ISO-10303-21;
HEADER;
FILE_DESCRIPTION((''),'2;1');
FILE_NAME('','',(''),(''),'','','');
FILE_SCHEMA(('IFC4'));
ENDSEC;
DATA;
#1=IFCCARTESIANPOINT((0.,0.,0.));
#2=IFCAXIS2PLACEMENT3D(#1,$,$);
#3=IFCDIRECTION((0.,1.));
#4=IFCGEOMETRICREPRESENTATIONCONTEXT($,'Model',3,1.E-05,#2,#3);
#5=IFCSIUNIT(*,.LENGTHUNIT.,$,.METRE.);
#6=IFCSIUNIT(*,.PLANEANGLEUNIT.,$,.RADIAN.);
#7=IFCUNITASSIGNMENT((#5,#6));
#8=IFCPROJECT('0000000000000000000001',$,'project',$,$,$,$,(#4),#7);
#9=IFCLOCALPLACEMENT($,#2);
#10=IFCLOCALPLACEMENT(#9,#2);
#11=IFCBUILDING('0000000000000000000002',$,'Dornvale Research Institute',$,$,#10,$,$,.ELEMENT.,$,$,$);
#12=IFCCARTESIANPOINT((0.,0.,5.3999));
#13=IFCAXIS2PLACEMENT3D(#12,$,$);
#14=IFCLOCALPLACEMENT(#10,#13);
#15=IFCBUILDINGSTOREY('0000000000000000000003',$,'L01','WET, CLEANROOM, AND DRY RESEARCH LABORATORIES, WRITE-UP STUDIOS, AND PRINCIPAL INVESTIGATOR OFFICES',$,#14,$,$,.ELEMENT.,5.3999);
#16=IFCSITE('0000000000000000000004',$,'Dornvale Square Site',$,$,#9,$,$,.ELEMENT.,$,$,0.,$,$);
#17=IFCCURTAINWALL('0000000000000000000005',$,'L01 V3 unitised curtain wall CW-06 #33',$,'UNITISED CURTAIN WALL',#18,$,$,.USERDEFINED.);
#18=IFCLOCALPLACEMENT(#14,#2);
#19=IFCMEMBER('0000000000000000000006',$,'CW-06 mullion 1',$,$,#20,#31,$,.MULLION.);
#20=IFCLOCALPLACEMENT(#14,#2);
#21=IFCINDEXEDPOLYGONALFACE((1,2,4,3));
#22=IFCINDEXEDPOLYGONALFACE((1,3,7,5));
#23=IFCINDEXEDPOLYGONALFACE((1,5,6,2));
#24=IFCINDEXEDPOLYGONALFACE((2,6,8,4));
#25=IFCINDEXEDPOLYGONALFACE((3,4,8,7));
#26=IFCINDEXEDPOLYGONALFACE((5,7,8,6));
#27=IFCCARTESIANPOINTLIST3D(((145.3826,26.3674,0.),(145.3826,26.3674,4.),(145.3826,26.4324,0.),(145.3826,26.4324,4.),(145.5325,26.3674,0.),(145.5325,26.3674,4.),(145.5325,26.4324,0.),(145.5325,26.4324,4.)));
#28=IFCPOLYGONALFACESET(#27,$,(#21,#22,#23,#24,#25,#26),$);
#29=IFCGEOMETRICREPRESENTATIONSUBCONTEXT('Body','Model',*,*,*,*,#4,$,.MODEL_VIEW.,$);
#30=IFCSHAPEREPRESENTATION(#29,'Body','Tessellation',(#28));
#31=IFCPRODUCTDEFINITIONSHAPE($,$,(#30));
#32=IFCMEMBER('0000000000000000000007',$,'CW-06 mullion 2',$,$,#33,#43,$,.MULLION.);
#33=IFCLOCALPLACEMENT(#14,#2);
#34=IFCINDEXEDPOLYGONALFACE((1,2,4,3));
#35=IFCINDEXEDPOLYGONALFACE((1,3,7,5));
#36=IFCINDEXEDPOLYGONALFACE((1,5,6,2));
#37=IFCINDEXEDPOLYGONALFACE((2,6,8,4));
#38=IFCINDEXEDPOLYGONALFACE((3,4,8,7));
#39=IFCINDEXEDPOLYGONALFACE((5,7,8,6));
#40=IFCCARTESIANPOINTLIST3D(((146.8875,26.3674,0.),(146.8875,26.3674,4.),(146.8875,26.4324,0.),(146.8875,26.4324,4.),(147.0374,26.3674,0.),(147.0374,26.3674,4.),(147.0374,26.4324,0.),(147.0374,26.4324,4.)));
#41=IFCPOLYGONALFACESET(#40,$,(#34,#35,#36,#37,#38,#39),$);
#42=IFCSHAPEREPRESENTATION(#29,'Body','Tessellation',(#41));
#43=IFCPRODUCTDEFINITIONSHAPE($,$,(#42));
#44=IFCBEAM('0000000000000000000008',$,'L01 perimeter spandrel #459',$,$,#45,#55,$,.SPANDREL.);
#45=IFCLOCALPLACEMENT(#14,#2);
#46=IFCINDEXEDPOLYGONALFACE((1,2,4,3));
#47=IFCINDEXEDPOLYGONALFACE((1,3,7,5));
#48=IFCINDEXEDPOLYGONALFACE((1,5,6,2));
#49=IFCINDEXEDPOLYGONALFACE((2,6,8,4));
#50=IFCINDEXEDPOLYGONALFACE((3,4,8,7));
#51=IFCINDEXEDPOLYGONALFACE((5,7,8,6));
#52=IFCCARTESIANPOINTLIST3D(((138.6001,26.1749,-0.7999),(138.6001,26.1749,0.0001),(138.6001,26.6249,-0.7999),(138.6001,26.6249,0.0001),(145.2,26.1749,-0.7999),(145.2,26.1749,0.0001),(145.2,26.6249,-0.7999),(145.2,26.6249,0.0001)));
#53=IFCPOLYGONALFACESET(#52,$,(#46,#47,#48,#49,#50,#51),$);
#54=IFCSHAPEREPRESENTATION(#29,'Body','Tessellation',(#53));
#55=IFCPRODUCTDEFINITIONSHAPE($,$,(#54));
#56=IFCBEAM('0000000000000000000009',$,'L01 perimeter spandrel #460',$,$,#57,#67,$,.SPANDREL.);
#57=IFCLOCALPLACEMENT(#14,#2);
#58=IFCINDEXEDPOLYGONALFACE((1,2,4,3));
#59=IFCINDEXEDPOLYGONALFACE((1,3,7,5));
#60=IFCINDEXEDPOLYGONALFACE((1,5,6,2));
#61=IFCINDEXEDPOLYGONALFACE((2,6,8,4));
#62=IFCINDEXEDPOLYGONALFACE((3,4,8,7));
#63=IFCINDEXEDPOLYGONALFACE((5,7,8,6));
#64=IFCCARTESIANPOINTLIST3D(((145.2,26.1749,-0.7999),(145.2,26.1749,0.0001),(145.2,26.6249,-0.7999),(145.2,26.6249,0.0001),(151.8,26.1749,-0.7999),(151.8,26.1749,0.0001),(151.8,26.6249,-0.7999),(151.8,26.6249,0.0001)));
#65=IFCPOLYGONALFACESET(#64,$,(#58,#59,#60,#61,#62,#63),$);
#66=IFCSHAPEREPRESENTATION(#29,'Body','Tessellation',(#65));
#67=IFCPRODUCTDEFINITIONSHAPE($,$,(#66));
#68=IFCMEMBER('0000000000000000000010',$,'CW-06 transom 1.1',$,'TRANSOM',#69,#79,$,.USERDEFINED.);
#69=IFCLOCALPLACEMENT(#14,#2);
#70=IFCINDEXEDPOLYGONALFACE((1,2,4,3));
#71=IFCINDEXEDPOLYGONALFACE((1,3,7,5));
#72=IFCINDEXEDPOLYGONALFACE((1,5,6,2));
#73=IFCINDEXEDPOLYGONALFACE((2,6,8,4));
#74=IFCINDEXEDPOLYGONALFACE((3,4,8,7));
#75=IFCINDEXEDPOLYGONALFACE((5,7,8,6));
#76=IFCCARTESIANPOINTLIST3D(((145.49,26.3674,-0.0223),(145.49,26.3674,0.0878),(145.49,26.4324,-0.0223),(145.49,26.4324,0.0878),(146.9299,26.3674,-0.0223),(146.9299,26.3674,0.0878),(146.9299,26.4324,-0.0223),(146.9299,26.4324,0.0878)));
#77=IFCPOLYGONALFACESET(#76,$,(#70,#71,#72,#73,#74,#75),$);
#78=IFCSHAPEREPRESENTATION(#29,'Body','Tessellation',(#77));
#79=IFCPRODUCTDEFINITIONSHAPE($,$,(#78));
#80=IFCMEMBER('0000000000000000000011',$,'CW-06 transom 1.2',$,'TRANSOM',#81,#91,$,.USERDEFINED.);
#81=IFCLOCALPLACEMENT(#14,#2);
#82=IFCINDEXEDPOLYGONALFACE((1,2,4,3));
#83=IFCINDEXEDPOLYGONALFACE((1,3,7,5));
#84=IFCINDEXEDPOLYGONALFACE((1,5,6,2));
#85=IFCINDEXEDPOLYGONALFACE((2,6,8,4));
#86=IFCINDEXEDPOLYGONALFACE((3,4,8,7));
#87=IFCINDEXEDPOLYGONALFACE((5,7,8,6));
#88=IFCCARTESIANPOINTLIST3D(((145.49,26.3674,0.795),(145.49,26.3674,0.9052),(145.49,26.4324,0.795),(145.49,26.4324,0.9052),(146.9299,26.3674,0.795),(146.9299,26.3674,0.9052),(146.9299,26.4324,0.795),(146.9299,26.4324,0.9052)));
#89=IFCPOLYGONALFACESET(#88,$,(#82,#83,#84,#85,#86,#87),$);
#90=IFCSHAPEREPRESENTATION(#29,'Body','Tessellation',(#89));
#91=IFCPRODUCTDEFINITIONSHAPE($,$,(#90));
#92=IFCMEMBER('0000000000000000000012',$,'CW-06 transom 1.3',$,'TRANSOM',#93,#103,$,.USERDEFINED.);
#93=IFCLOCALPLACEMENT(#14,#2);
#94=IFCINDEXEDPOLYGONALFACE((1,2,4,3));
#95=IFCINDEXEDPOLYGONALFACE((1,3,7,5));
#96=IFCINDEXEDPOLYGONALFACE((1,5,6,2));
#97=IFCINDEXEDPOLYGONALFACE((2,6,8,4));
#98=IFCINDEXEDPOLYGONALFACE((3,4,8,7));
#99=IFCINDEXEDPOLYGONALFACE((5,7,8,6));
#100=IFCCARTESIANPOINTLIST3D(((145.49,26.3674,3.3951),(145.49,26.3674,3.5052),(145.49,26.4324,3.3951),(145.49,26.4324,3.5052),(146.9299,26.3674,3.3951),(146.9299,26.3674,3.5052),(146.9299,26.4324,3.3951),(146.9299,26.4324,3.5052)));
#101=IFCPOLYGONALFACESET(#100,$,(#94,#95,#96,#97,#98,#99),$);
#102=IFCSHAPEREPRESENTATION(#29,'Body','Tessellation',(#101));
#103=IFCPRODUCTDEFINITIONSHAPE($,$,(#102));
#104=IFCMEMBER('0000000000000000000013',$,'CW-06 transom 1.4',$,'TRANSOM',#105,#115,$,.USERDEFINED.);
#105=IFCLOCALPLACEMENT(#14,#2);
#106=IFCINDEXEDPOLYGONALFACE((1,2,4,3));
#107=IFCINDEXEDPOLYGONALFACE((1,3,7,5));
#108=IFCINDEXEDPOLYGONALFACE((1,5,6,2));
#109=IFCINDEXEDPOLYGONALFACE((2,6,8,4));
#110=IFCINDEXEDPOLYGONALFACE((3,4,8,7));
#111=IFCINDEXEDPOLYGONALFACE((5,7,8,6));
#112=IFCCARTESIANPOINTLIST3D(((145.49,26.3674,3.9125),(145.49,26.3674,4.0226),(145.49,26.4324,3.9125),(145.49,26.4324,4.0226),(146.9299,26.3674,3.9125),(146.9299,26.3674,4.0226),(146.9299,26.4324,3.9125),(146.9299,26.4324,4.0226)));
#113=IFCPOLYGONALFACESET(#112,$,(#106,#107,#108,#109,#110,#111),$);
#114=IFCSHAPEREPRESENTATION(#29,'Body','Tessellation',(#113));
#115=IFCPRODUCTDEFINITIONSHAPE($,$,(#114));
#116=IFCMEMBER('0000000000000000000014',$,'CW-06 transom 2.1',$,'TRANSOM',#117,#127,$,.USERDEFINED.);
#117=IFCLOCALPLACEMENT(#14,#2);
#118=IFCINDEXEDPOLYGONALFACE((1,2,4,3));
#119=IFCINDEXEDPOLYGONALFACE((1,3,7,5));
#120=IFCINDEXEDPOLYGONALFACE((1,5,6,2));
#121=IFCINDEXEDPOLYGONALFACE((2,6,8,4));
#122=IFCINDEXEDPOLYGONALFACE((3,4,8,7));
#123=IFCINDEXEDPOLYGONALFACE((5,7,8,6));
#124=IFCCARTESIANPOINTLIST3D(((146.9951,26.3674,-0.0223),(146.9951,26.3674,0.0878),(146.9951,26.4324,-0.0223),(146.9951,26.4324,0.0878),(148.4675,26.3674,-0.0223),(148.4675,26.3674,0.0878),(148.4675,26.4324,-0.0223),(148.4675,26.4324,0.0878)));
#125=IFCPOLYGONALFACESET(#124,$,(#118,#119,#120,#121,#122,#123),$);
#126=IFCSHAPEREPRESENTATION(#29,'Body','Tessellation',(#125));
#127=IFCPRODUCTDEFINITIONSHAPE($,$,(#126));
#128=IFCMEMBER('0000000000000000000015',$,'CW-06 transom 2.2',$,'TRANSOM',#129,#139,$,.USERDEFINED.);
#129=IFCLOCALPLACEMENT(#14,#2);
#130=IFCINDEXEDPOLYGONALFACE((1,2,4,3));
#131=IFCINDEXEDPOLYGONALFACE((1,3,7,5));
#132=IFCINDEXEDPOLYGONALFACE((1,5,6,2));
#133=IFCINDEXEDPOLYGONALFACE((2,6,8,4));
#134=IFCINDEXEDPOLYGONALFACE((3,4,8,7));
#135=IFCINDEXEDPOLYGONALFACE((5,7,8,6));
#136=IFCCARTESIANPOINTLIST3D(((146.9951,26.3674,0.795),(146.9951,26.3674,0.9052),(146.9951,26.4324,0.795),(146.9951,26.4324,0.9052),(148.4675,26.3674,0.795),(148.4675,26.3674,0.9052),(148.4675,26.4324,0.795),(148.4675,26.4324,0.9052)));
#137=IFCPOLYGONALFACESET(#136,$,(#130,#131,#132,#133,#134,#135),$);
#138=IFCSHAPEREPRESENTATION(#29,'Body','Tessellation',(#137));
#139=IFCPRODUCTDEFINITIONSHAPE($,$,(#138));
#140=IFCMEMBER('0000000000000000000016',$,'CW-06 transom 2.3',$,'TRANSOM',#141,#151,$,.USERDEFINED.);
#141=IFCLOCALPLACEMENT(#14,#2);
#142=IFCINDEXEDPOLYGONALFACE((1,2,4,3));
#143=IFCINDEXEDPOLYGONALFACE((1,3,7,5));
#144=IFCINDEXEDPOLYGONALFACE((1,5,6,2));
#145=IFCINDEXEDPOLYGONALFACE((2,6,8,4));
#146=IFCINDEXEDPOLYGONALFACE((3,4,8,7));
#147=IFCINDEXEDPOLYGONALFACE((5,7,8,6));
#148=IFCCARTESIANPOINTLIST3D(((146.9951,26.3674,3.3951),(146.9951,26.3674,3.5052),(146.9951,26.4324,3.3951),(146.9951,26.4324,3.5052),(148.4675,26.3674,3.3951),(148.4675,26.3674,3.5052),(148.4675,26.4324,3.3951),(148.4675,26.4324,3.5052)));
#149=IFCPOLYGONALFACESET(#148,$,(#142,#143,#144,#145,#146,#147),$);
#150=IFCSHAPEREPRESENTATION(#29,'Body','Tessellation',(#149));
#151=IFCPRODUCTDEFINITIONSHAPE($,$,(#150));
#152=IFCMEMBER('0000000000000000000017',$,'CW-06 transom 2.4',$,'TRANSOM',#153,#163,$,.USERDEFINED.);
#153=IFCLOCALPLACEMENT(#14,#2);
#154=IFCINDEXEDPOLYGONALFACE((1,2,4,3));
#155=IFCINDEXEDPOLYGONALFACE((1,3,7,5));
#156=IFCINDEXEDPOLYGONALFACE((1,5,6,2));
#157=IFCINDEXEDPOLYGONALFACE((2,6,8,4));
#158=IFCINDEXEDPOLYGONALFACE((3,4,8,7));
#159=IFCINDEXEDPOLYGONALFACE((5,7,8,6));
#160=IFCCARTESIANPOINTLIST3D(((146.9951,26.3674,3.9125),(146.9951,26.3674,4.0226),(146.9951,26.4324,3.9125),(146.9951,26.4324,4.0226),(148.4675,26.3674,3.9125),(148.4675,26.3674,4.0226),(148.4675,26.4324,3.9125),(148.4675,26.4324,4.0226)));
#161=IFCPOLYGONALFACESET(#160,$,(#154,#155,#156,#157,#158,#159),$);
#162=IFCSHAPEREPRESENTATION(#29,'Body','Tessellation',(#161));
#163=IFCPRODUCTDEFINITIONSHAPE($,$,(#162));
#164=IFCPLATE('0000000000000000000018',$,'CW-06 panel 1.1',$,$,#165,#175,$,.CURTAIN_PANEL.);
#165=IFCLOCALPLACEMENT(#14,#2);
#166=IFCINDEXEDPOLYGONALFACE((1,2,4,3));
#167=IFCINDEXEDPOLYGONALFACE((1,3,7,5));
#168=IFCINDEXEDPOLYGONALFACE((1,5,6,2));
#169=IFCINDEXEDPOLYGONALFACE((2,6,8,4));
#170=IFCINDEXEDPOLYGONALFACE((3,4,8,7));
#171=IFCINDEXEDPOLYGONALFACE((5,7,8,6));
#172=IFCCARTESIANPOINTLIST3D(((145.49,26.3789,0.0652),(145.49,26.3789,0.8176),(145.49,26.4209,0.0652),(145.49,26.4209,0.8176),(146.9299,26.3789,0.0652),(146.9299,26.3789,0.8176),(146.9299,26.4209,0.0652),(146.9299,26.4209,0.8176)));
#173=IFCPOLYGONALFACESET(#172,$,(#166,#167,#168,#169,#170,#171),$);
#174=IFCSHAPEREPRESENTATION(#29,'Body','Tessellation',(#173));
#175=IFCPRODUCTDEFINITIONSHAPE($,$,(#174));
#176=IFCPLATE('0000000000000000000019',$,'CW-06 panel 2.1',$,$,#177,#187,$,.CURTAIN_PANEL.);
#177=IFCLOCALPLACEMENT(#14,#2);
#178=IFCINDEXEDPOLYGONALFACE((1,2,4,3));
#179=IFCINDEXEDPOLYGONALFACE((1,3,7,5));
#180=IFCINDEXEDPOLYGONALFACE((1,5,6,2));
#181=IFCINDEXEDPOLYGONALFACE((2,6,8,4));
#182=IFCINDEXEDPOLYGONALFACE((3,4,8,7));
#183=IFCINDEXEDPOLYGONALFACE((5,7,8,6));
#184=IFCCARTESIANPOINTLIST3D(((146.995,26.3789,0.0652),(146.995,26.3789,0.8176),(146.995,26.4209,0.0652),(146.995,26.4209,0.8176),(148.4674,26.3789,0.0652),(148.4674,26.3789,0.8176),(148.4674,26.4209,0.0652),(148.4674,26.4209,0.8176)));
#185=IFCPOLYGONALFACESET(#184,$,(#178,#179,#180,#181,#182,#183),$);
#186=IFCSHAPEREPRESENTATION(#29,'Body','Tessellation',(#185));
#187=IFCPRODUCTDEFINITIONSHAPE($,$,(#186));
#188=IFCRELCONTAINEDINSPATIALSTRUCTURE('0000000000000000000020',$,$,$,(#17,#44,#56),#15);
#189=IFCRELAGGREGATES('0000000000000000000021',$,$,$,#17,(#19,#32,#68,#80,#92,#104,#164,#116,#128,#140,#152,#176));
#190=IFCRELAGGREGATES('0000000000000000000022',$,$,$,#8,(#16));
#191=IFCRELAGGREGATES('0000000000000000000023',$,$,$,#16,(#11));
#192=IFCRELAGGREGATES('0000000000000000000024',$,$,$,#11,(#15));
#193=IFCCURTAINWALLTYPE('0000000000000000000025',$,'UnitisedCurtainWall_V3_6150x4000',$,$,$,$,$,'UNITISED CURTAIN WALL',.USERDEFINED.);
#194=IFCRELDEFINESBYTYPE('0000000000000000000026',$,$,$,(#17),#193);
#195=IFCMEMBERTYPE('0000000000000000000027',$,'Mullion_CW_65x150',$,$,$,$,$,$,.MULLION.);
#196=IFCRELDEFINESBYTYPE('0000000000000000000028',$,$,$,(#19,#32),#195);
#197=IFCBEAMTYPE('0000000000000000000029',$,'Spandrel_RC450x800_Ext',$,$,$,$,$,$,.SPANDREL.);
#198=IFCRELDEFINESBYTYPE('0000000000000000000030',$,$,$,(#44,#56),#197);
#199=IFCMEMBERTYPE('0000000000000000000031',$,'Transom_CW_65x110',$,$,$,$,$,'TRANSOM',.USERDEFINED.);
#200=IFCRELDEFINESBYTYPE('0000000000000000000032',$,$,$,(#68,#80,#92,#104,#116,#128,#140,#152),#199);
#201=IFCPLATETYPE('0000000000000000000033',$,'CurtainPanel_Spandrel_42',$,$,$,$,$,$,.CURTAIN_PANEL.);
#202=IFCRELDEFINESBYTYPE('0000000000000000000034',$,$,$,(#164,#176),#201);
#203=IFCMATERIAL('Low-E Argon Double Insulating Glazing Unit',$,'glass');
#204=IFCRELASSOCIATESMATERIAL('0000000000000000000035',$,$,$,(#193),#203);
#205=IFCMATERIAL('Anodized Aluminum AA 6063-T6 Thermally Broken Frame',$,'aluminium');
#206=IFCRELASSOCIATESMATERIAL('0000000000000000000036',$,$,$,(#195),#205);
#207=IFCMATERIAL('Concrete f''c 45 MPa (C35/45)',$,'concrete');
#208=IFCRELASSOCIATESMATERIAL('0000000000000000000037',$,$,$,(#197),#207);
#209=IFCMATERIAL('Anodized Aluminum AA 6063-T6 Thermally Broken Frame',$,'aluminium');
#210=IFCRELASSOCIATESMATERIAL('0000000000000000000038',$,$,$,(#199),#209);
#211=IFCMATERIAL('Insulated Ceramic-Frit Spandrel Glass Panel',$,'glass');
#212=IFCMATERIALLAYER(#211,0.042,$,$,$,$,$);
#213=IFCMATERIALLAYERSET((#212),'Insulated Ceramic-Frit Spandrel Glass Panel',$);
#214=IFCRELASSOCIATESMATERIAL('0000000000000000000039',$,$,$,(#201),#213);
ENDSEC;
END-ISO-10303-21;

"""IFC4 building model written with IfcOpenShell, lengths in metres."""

from ifc_helpers import new_model, si_unit, direction, frame, origin, origin_2d, place, context, subcontext, project, spatial, rectangle, extrude, material, layer, layer_set, material_profile, profile_set, type_object, element, aggregate, save


model = new_model("IFC4")

# Units and contexts
model_context = context("Model", 3, precision=1e-05, world=origin(), true_north=direction((0.0, 1.0)))
body_context = subcontext(model_context, "Body", "Model", "MODEL_VIEW")
ifc_project = project(units=[si_unit("LENGTHUNIT", "METRE"), si_unit("PLANEANGLEUNIT", "RADIAN")], contexts=[model_context])

# Site, building, storey
site_placement = place(None, origin())
site = spatial("IfcSite", under=ifc_project, at=site_placement, Name="Dornvale Square Site", CompositionType="ELEMENT", RefElevation=0.0)
building_placement = place(site_placement, origin())
building = spatial("IfcBuilding", under=site, at=building_placement, Name="Dornvale Research Institute", CompositionType="ELEMENT")
storey_placement = place(building_placement, frame((0.0, 0.0, 5.3999)))
storey = spatial("IfcBuildingStorey", under=building, at=storey_placement, Name="L01", Description="WET, CLEANROOM, AND DRY RESEARCH LABORATORIES, WRITE-UP STUDIOS, AND PRINCIPAL INVESTIGATOR OFFICES", CompositionType="ELEMENT", Elevation=5.3999)

# Curtain wall, members
ifc_material_1 = material(Name="Low-E Argon Double Insulating Glazing Unit", Category="glass")
curtain_wall_type = type_object("IfcCurtainWallType", Name="UnitisedCurtainWall_V3_6150x4000", ElementType="UNITISED CURTAIN WALL", PredefinedType="USERDEFINED", material=ifc_material_1)
curtain_wall_placement = place(storey_placement, origin())
curtain_wall = element("IfcCurtainWall", 1, at=curtain_wall_placement, inside=storey, type_object=curtain_wall_type, Name="L01 V3 unitised curtain wall CW-06 #33", ObjectType="UNITISED CURTAIN WALL", PredefinedType="USERDEFINED")
ifc_material_2 = material(Name="Anodized Aluminum AA 6063-T6 Thermally Broken Frame", Category="aluminium")
ifc_material_profile_1 = material_profile(ifc_material_2, rectangle(XDim=0.0649, YDim=0.1499, at=origin_2d()), Name="ALU MULLION 65x150")
ifc_profile_set_1 = profile_set([ifc_material_profile_1], Name="Anodized Aluminum AA 6063-T6 Thermally Broken Frame")
member_type_1 = type_object("IfcMemberType", Name="Mullion_CW_65x150", PredefinedType="MULLION", material=ifc_profile_set_1)
member_1_placement = place(storey_placement, frame((145.4575, 26.3999, 0.0), z_axis=(0.0, 0.0, 1.0), x_axis=(0.0, 1.0, 0.0)))
member_1 = element("IfcMember", 2, at=member_1_placement, type_object=member_type_1, Name="CW-06 mullion 1", PredefinedType="MULLION", context=body_context, shape_type="SweptSolid", body=[
    extrude(rectangle(XDim=0.0649, YDim=0.1499, at=origin_2d()), origin(), (0.0, 0.0, 1.0), 4.0),
])
member_2_placement = place(storey_placement, frame((146.9624, 26.3999, 0.0), z_axis=(0.0, 0.0, 1.0), x_axis=(0.0, 1.0, 0.0)))
member_2 = element("IfcMember", 3, at=member_2_placement, type_object=member_type_1, Name="CW-06 mullion 2", PredefinedType="MULLION", context=body_context, shape_type="SweptSolid", body=[
    extrude(rectangle(XDim=0.0649, YDim=0.1499, at=origin_2d()), origin(), (0.0, 0.0, 1.0), 4.0),
])

# Beams
ifc_material_3 = material(Name="Concrete f'c 45 MPa (C35/45)", Category="concrete")
ifc_material_profile_2 = material_profile(ifc_material_3, rectangle(XDim=0.45, YDim=0.8, at=origin_2d()), Name="RC 450x800")
ifc_profile_set_2 = profile_set([ifc_material_profile_2], Name="Concrete f'c 45 MPa (C35/45)")
beam_type_1 = type_object("IfcBeamType", Name="Spandrel_RC450x800_Ext", PredefinedType="SPANDREL", material=ifc_profile_set_2)
beam_1_placement = place(storey_placement, frame((138.6001, 26.3999, -0.3999), z_axis=(1.0, 0.0, 0.0), x_axis=(0.0, 1.0, 0.0)))
element("IfcBeam", 4, at=beam_1_placement, inside=storey, type_object=beam_type_1, Name="L01 perimeter spandrel #459", PredefinedType="SPANDREL", context=body_context, shape_type="SweptSolid", body=[
    extrude(rectangle(XDim=0.45, YDim=0.8, at=origin_2d()), origin(), (0.0, 0.0, 1.0), 6.5999),
])
beam_2_placement = place(storey_placement, frame((145.2, 26.3999, -0.3999), z_axis=(1.0, 0.0, 0.0), x_axis=(0.0, 1.0, 0.0)))
element("IfcBeam", 5, at=beam_2_placement, inside=storey, type_object=beam_type_1, Name="L01 perimeter spandrel #460", PredefinedType="SPANDREL", context=body_context, shape_type="SweptSolid", body=[
    extrude(rectangle(XDim=0.45, YDim=0.8, at=origin_2d()), origin(), (0.0, 0.0, 1.0), 6.6001),
])

# Members
ifc_material_4 = material(Name="Anodized Aluminum AA 6063-T6 Thermally Broken Frame", Category="aluminium")
ifc_material_profile_3 = material_profile(ifc_material_4, rectangle(XDim=0.0649, YDim=0.1101, at=origin_2d()), Name="ALU TRANSOM 65x110")
ifc_profile_set_3 = profile_set([ifc_material_profile_3], Name="Anodized Aluminum AA 6063-T6 Thermally Broken Frame")
member_type_2 = type_object("IfcMemberType", Name="Transom_CW_65x110", ElementType="TRANSOM", PredefinedType="USERDEFINED", material=ifc_profile_set_3)
member_3_placement = place(storey_placement, frame((145.49, 26.3999, 0.0327), z_axis=(1.0, 0.0, 0.0), x_axis=(0.0, 1.0, 0.0)))
member_3 = element("IfcMember", 6, at=member_3_placement, type_object=member_type_2, Name="CW-06 transom 1.1", ObjectType="TRANSOM", PredefinedType="USERDEFINED", context=body_context, shape_type="SweptSolid", body=[
    extrude(rectangle(XDim=0.0649, YDim=0.1101, at=origin_2d()), origin(), (0.0, 0.0, 1.0), 1.4399),
])
member_4_placement = place(storey_placement, frame((145.49, 26.3999, 0.8501), z_axis=(1.0, 0.0, 0.0), x_axis=(0.0, 1.0, 0.0)))
member_4 = element("IfcMember", 7, at=member_4_placement, type_object=member_type_2, Name="CW-06 transom 1.2", ObjectType="TRANSOM", PredefinedType="USERDEFINED", context=body_context, shape_type="SweptSolid", body=[
    extrude(rectangle(XDim=0.0649, YDim=0.1101, at=origin_2d()), origin(), (0.0, 0.0, 1.0), 1.4399),
])
member_5_placement = place(storey_placement, frame((145.49, 26.3999, 3.4502), z_axis=(1.0, 0.0, 0.0), x_axis=(0.0, 1.0, 0.0)))
member_5 = element("IfcMember", 8, at=member_5_placement, type_object=member_type_2, Name="CW-06 transom 1.3", ObjectType="TRANSOM", PredefinedType="USERDEFINED", context=body_context, shape_type="SweptSolid", body=[
    extrude(rectangle(XDim=0.0649, YDim=0.1101, at=origin_2d()), origin(), (0.0, 0.0, 1.0), 1.4399),
])
member_6_placement = place(storey_placement, frame((145.49, 26.3999, 3.9675), z_axis=(1.0, 0.0, 0.0), x_axis=(0.0, 1.0, 0.0)))
member_6 = element("IfcMember", 9, at=member_6_placement, type_object=member_type_2, Name="CW-06 transom 1.4", ObjectType="TRANSOM", PredefinedType="USERDEFINED", context=body_context, shape_type="SweptSolid", body=[
    extrude(rectangle(XDim=0.0649, YDim=0.1101, at=origin_2d()), origin(), (0.0, 0.0, 1.0), 1.4399),
])
member_7_placement = place(storey_placement, frame((146.9951, 26.3999, 0.0327), z_axis=(1.0, 0.0, 0.0), x_axis=(0.0, 1.0, 0.0)))
member_7 = element("IfcMember", 10, at=member_7_placement, type_object=member_type_2, Name="CW-06 transom 2.1", ObjectType="TRANSOM", PredefinedType="USERDEFINED", context=body_context, shape_type="SweptSolid", body=[
    extrude(rectangle(XDim=0.0649, YDim=0.1101, at=origin_2d()), origin(), (0.0, 0.0, 1.0), 1.4724),
])
member_8_placement = place(storey_placement, frame((146.9951, 26.3999, 0.8501), z_axis=(1.0, 0.0, 0.0), x_axis=(0.0, 1.0, 0.0)))
member_8 = element("IfcMember", 11, at=member_8_placement, type_object=member_type_2, Name="CW-06 transom 2.2", ObjectType="TRANSOM", PredefinedType="USERDEFINED", context=body_context, shape_type="SweptSolid", body=[
    extrude(rectangle(XDim=0.0649, YDim=0.1101, at=origin_2d()), origin(), (0.0, 0.0, 1.0), 1.4724),
])
member_9_placement = place(storey_placement, frame((146.9951, 26.3999, 3.4502), z_axis=(1.0, 0.0, 0.0), x_axis=(0.0, 1.0, 0.0)))
member_9 = element("IfcMember", 12, at=member_9_placement, type_object=member_type_2, Name="CW-06 transom 2.3", ObjectType="TRANSOM", PredefinedType="USERDEFINED", context=body_context, shape_type="SweptSolid", body=[
    extrude(rectangle(XDim=0.0649, YDim=0.1101, at=origin_2d()), origin(), (0.0, 0.0, 1.0), 1.4724),
])
member_10_placement = place(storey_placement, frame((146.9951, 26.3999, 3.9675), z_axis=(1.0, 0.0, 0.0), x_axis=(0.0, 1.0, 0.0)))
member_10 = element("IfcMember", 13, at=member_10_placement, type_object=member_type_2, Name="CW-06 transom 2.4", ObjectType="TRANSOM", PredefinedType="USERDEFINED", context=body_context, shape_type="SweptSolid", body=[
    extrude(rectangle(XDim=0.0649, YDim=0.1101, at=origin_2d()), origin(), (0.0, 0.0, 1.0), 1.4724),
])

# Plates
ifc_material_5 = material(Name="Insulated Ceramic-Frit Spandrel Glass Panel", Category="glass")
ifc_layer_1 = layer(ifc_material_5, 0.042)
ifc_layer_set_1 = layer_set([ifc_layer_1], Name="Insulated Ceramic-Frit Spandrel Glass Panel")
plate_type_1 = type_object("IfcPlateType", Name="CurtainPanel_Spandrel_42", PredefinedType="CURTAIN_PANEL", material=ifc_layer_set_1)
plate_1_placement = place(storey_placement, frame((146.21, 26.3999, 0.0652), z_axis=(0.0, 0.0, 1.0), x_axis=(1.0, 0.0, 0.0)))
plate_1 = element("IfcPlate", 14, at=plate_1_placement, type_object=plate_type_1, Name="CW-06 panel 1.1", PredefinedType="CURTAIN_PANEL", context=body_context, shape_type="SweptSolid", body=[
    extrude(rectangle(XDim=1.4399, YDim=0.042, at=origin_2d()), origin(), (0.0, 0.0, 1.0), 0.7524),
])
plate_2_placement = place(storey_placement, frame((147.7312, 26.3999, 0.0652), z_axis=(0.0, 0.0, 1.0), x_axis=(1.0, 0.0, 0.0)))
plate_2 = element("IfcPlate", 15, at=plate_2_placement, type_object=plate_type_1, Name="CW-06 panel 2.1", PredefinedType="CURTAIN_PANEL", context=body_context, shape_type="SweptSolid", body=[
    extrude(rectangle(XDim=1.4724, YDim=0.042, at=origin_2d()), origin(), (0.0, 0.0, 1.0), 0.7524),
])
aggregate(curtain_wall, [member_1, member_2, member_3, member_4, member_5, member_6, plate_1, member_7, member_8, member_9, member_10, plate_2])

save(model, "model.ifc")
